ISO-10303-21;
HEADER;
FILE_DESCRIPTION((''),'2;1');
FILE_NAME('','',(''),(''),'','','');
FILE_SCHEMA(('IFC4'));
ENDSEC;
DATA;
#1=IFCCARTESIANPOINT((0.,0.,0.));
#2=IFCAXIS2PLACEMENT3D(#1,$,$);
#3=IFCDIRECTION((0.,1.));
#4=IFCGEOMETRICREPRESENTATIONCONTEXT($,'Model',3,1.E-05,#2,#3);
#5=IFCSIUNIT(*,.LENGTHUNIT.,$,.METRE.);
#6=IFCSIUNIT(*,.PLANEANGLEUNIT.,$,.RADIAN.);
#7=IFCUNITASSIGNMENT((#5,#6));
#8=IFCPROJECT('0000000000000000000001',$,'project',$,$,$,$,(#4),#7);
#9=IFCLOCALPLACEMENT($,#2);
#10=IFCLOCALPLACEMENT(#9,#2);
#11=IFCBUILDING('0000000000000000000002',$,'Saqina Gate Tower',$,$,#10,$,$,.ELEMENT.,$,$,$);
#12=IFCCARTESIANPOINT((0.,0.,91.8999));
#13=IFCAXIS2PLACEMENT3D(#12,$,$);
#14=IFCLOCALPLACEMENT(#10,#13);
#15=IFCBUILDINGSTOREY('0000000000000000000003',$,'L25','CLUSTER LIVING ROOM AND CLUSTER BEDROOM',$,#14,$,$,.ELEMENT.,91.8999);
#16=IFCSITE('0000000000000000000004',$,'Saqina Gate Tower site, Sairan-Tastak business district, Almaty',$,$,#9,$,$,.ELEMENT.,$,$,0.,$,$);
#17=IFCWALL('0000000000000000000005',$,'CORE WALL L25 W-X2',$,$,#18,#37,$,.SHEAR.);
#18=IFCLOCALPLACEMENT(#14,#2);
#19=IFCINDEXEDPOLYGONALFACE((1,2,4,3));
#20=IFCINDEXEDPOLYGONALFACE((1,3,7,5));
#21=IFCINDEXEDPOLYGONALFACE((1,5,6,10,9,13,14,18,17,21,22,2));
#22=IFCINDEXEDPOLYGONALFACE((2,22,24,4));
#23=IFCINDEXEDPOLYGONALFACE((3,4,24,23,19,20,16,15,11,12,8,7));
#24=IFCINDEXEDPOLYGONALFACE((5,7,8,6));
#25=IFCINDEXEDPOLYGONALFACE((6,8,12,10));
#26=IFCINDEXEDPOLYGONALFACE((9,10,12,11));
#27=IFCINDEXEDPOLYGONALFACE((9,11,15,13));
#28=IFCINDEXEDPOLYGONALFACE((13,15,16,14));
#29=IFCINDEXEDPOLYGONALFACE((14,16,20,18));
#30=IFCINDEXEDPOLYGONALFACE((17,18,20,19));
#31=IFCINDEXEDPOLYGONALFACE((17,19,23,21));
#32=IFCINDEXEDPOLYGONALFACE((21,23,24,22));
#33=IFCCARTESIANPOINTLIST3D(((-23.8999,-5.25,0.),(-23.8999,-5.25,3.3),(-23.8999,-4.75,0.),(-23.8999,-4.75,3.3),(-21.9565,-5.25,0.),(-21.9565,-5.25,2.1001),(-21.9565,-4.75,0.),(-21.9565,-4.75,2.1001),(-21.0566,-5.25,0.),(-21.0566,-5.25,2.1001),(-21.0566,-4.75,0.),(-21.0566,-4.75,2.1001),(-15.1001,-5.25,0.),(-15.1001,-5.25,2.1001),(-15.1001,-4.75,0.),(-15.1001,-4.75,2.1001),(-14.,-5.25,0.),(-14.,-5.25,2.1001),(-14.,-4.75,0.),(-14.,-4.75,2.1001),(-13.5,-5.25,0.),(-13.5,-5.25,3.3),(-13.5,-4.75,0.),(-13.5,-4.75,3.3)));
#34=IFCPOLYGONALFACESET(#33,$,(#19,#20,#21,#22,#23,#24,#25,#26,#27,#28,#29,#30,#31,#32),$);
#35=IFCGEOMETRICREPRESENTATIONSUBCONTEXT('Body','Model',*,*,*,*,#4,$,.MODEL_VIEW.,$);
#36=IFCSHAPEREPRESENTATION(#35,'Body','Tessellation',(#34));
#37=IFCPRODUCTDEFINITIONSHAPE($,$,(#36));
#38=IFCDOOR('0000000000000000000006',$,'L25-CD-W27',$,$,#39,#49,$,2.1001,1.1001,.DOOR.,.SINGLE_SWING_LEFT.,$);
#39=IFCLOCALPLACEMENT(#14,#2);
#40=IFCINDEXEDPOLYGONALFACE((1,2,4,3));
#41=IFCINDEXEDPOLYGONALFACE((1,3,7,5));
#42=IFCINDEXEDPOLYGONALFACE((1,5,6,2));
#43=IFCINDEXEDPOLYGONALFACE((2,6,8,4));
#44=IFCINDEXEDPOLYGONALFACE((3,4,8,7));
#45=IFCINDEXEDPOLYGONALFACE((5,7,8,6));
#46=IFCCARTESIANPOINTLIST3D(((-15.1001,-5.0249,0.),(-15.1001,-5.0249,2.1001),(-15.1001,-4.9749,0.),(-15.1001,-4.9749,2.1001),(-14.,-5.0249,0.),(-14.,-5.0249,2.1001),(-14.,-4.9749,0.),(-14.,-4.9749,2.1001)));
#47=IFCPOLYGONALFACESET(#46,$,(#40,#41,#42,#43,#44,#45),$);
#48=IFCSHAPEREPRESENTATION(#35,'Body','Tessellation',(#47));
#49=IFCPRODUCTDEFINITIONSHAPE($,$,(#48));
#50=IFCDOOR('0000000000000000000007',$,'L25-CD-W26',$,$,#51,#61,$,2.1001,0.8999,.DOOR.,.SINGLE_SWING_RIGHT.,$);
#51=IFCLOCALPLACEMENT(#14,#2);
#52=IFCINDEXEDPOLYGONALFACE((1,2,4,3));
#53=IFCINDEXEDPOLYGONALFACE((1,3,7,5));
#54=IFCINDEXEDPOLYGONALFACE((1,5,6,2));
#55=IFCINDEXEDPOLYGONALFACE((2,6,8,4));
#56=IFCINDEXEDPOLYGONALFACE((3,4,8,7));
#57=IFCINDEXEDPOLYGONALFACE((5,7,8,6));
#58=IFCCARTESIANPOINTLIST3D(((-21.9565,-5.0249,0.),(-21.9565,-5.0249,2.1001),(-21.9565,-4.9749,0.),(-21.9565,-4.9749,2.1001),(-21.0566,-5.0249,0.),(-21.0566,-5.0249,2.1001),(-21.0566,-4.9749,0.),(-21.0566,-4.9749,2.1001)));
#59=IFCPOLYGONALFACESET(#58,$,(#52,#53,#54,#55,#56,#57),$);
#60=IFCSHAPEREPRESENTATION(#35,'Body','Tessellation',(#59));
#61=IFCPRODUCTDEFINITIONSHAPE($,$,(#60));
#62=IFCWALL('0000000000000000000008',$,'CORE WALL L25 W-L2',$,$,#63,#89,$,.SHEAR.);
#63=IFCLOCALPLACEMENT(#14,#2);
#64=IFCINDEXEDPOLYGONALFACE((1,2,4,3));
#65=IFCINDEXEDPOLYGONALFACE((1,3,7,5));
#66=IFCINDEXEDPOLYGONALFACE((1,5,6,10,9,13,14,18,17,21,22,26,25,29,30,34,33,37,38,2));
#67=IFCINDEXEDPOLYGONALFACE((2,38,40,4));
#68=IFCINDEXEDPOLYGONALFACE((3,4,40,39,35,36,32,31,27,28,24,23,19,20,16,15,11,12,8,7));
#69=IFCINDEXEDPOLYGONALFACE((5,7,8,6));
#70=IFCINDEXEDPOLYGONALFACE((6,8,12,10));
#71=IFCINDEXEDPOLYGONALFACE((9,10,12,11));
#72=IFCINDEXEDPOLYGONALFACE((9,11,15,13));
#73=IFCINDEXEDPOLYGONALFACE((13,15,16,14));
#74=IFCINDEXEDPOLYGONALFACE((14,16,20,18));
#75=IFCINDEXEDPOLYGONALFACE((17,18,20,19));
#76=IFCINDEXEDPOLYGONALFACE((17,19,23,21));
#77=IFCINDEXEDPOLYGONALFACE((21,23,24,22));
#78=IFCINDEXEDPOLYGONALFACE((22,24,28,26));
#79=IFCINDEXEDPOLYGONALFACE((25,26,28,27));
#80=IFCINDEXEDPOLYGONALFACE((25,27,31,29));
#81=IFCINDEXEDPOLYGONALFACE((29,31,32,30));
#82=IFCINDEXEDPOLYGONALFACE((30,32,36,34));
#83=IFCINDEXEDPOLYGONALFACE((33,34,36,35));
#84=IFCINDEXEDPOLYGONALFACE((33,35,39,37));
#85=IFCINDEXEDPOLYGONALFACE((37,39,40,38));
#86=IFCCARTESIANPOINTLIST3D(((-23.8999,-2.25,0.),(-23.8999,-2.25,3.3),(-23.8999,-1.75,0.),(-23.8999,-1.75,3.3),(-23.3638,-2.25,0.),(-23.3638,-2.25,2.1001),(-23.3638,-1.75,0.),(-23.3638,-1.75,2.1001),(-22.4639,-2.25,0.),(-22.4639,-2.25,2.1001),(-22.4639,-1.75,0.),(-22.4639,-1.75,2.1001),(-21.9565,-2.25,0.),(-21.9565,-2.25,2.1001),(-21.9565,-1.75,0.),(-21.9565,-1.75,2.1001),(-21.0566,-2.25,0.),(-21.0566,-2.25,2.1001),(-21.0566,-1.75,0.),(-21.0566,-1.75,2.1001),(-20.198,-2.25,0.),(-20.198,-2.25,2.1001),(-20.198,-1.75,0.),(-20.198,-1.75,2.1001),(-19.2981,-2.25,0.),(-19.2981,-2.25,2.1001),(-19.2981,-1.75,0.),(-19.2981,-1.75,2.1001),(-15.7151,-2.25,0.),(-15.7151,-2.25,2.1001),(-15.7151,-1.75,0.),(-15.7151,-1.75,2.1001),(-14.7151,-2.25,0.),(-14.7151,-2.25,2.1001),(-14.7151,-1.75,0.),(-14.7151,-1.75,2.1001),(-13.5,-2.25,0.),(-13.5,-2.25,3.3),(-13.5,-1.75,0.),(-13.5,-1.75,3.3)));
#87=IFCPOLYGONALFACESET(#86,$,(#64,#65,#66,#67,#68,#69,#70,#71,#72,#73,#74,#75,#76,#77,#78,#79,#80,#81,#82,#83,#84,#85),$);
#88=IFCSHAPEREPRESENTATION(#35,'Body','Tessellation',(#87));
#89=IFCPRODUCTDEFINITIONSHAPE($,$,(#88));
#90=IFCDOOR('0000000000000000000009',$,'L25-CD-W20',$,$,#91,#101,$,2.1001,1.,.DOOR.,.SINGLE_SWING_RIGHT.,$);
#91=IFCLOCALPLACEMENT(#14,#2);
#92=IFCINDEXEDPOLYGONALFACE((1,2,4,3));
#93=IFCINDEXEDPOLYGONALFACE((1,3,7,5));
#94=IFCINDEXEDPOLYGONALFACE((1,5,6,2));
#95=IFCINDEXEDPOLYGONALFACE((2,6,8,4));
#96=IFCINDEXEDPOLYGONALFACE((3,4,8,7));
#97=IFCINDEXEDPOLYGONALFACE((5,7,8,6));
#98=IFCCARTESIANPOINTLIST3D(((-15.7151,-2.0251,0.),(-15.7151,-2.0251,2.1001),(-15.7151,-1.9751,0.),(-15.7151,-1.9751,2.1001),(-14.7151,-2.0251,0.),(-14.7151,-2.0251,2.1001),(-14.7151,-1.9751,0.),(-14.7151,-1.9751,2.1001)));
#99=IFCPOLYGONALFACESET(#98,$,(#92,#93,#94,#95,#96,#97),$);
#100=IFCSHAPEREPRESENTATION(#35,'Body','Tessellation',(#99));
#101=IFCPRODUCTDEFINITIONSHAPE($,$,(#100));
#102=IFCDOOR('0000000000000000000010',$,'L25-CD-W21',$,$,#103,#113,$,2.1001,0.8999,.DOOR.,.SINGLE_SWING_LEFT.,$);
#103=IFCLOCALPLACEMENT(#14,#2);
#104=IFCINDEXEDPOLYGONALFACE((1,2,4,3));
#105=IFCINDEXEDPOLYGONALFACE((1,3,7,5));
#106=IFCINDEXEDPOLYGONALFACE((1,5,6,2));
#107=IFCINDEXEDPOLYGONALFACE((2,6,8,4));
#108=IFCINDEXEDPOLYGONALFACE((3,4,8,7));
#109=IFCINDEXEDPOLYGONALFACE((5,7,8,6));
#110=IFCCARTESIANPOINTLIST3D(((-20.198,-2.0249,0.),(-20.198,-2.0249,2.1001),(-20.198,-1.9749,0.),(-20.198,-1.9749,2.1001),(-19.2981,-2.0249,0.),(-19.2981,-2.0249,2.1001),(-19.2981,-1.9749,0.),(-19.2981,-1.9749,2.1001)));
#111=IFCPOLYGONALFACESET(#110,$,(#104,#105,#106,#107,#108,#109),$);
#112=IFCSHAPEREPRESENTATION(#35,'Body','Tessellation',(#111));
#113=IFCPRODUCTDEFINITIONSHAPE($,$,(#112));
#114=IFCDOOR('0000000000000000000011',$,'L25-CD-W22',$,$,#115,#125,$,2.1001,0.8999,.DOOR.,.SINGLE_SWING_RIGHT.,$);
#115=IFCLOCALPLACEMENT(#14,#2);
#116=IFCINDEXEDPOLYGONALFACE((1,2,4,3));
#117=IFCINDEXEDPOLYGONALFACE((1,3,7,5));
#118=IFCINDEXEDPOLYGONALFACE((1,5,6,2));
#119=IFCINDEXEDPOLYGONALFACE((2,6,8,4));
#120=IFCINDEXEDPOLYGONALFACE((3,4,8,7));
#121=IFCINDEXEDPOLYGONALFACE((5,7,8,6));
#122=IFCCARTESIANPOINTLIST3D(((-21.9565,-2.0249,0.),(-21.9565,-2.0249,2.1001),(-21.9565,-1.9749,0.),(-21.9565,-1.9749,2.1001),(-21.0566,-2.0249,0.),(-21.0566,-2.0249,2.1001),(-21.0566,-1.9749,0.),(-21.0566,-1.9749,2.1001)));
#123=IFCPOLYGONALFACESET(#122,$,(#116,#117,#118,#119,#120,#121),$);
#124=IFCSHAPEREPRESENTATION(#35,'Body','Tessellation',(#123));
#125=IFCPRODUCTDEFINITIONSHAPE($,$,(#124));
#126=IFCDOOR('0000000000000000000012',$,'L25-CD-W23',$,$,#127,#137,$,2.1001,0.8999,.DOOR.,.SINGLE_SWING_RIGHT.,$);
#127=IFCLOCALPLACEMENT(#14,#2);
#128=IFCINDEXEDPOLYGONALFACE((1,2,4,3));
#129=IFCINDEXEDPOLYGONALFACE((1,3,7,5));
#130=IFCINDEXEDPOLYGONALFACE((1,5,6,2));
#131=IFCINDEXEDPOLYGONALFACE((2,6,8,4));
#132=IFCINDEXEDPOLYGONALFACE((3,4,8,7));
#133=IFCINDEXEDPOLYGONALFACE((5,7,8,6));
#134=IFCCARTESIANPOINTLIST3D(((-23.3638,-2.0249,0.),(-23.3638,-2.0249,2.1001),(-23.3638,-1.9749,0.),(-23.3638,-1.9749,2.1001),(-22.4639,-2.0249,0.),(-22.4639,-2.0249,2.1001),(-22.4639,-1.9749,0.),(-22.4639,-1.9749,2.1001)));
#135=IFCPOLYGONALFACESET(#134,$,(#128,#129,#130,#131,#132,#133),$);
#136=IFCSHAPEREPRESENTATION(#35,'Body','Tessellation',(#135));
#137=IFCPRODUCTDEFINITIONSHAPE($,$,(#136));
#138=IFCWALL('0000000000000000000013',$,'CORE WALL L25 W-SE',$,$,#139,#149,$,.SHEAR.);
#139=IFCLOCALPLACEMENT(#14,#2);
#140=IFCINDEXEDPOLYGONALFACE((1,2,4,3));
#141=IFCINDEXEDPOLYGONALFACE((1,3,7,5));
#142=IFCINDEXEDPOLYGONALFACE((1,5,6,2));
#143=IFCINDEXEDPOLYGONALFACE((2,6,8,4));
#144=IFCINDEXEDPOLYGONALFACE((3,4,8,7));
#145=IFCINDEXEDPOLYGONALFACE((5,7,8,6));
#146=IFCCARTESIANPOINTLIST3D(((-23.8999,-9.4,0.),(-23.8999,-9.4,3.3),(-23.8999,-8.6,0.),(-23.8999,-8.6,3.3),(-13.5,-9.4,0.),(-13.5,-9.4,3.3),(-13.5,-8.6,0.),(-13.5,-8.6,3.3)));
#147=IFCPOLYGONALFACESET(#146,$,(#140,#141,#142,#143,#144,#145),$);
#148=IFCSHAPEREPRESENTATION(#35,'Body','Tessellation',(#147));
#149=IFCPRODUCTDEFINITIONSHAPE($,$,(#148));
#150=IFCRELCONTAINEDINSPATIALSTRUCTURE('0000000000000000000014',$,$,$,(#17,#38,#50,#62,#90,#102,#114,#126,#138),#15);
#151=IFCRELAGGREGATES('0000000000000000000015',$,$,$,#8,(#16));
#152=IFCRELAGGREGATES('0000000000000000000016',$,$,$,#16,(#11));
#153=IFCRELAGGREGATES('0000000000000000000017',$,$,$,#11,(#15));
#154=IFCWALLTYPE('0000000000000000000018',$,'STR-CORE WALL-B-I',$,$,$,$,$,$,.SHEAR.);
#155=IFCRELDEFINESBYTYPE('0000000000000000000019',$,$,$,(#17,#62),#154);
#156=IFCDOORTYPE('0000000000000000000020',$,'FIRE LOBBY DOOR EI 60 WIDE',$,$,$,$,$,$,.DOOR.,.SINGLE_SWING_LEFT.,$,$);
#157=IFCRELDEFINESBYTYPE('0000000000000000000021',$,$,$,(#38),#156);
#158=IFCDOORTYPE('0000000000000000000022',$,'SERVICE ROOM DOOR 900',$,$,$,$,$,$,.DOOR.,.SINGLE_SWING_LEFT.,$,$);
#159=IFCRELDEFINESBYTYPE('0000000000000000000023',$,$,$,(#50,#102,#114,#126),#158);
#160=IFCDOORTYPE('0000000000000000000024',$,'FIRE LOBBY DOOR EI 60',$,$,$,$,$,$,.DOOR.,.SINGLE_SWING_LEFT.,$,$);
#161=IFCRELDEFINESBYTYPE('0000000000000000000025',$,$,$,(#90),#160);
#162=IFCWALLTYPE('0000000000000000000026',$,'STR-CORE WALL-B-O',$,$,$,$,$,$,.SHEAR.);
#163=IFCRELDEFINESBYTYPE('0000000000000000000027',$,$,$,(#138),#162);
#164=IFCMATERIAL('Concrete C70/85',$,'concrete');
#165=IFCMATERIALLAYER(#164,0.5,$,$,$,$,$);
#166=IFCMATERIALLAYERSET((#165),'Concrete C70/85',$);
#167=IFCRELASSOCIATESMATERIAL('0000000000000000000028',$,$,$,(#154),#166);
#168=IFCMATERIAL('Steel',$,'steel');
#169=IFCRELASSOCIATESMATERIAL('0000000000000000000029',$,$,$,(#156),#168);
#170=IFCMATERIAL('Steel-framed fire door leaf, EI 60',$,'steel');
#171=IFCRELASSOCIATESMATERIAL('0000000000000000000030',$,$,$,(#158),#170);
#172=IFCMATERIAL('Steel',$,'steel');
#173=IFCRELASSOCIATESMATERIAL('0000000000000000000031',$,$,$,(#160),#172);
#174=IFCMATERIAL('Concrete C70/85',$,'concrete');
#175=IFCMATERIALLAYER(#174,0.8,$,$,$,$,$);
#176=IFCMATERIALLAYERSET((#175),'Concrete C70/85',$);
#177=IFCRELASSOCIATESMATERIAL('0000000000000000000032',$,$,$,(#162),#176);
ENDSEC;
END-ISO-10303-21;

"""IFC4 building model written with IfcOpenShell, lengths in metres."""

from ifc_helpers import new_model, si_unit, direction, frame, frame_2d, origin, place, context, subcontext, project, spatial, rectangle, extrude, material, layer, layer_set, type_object, element, fill, save


model = new_model("IFC4")

# Units and contexts
model_context = context("Model", 3, precision=1e-05, world=origin(), true_north=direction((0.0, 1.0)))
body_context = subcontext(model_context, "Body", "Model", "MODEL_VIEW")
ifc_project = project(units=[si_unit("LENGTHUNIT", "METRE"), si_unit("PLANEANGLEUNIT", "RADIAN")], contexts=[model_context])

# Site, building, storey
site_placement = place(None, origin())
site = spatial("IfcSite", under=ifc_project, at=site_placement, Name="Saqina Gate Tower site, Sairan-Tastak business district, Almaty", CompositionType="ELEMENT", RefElevation=0.0)
building_placement = place(site_placement, origin())
building = spatial("IfcBuilding", under=site, at=building_placement, Name="Saqina Gate Tower", CompositionType="ELEMENT")
storey_placement = place(building_placement, frame((0.0, 0.0, 91.8999)))
storey = spatial("IfcBuildingStorey", under=building, at=storey_placement, Name="L25", Description="CLUSTER LIVING ROOM AND CLUSTER BEDROOM", CompositionType="ELEMENT", Elevation=91.8999)

# Walls, openings, doors
ifc_material_1 = material(Name="Concrete C70/85", Category="concrete")
ifc_layer_1 = layer(ifc_material_1, 0.5)
ifc_layer_set_1 = layer_set([ifc_layer_1], Name="Concrete C70/85")
wall_type_1 = type_object("IfcWallType", Name="STR-CORE WALL-B-I", PredefinedType="SHEAR", material=ifc_layer_set_1)
wall_1_placement = place(storey_placement, frame((-13.5, -5.0, 0.0), z_axis=(0.0, 0.0, 1.0), x_axis=(-1.0, 0.0, 0.0)))
wall_1 = element("IfcWall", 1, at=wall_1_placement, inside=storey, type_object=wall_type_1, Name="CORE WALL L25 W-X2", PredefinedType="SHEAR", context=body_context, shape_type="SweptSolid", body=[
    extrude(rectangle(XDim=10.3999, YDim=0.5, at=frame_2d((5.2, 0.0))), origin(), (0.0, 0.0, 1.0), 3.3),
])
opening_1_placement = place(wall_1_placement, frame((7.5566, 0.0, 0.0)))
opening_1 = element("IfcOpeningElement", 2, at=opening_1_placement, cuts=wall_1, PredefinedType="OPENING", context=body_context, shape_type="SweptSolid", body=[
    extrude(rectangle(XDim=0.8999, YDim=2.1001, at=frame_2d((0.45, 1.05))), frame((0.0, 0.262, 0.0), z_axis=(0.0, -1.0, 0.0), x_axis=(1.0, 0.0, 0.0)), (0.0, 0.0, 1.0), 0.5239),
])
opening_2_placement = place(wall_1_placement, frame((0.5, 0.0, 0.0)))
opening_2 = element("IfcOpeningElement", 3, at=opening_2_placement, cuts=wall_1, PredefinedType="OPENING", context=body_context, shape_type="SweptSolid", body=[
    extrude(rectangle(XDim=1.1001, YDim=2.1001, at=frame_2d((0.55, 1.05))), frame((0.0, 0.262, 0.0), z_axis=(0.0, -1.0, 0.0), x_axis=(1.0, 0.0, 0.0)), (0.0, 0.0, 1.0), 0.5239),
])
ifc_material_2 = material(Name="Steel", Category="steel")
door_type_1 = type_object("IfcDoorType", Name="FIRE LOBBY DOOR EI 60 WIDE", OperationType="SINGLE_SWING_LEFT", PredefinedType="DOOR", material=ifc_material_2)
door_1_placement = place(opening_2_placement, origin())
door_1 = element("IfcDoor", 4, at=door_1_placement, inside=storey, type_object=door_type_1, Name="L25-CD-W27", OperationType="SINGLE_SWING_LEFT", OverallHeight=2.1001, OverallWidth=1.1001, PredefinedType="DOOR", context=body_context, shape_type="SweptSolid", body=[
    extrude(rectangle(XDim=1.1001, YDim=2.1001, at=frame_2d((0.55, 1.05))), frame((0.0, 0.0249, 0.0), z_axis=(0.0, -1.0, 0.0), x_axis=(1.0, 0.0, 0.0)), (0.0, 0.0, 1.0), 0.05),
])
fill(opening_2, door_1)
ifc_material_3 = material(Name="Steel-framed fire door leaf, EI 60", Category="steel")
door_type_2 = type_object("IfcDoorType", Name="SERVICE ROOM DOOR 900", OperationType="SINGLE_SWING_LEFT", PredefinedType="DOOR", material=ifc_material_3)
door_2_placement = place(opening_1_placement, origin())
door_2 = element("IfcDoor", 5, at=door_2_placement, inside=storey, type_object=door_type_2, Name="L25-CD-W26", OperationType="SINGLE_SWING_RIGHT", OverallHeight=2.1001, OverallWidth=0.8999, PredefinedType="DOOR", context=body_context, shape_type="SweptSolid", body=[
    extrude(rectangle(XDim=0.8999, YDim=2.1001, at=frame_2d((0.45, 1.05))), frame((0.0, 0.0249, 0.0), z_axis=(0.0, -1.0, 0.0), x_axis=(1.0, 0.0, 0.0)), (0.0, 0.0, 1.0), 0.05),
])
fill(opening_1, door_2)
wall_2_placement = place(storey_placement, frame((-13.5, -2.0, 0.0), z_axis=(0.0, 0.0, 1.0), x_axis=(-1.0, 0.0, 0.0)))
wall_2 = element("IfcWall", 6, at=wall_2_placement, inside=storey, type_object=wall_type_1, Name="CORE WALL L25 W-L2", PredefinedType="SHEAR", context=body_context, shape_type="SweptSolid", body=[
    extrude(rectangle(XDim=10.3999, YDim=0.5, at=frame_2d((5.2, 0.0))), origin(), (0.0, 0.0, 1.0), 3.3),
])
opening_3_placement = place(wall_2_placement, frame((1.2151, 0.0, 0.0)))
opening_3 = element("IfcOpeningElement", 7, at=opening_3_placement, cuts=wall_2, PredefinedType="OPENING", context=body_context, shape_type="SweptSolid", body=[
    extrude(rectangle(XDim=1.0, YDim=2.1001, at=frame_2d((0.5, 1.05))), frame((0.0, 0.262, 0.0), z_axis=(0.0, -1.0, 0.0), x_axis=(1.0, 0.0, 0.0)), (0.0, 0.0, 1.0), 0.5239),
])
opening_4_placement = place(wall_2_placement, frame((5.7981, 0.0, 0.0)))
opening_4 = element("IfcOpeningElement", 8, at=opening_4_placement, cuts=wall_2, PredefinedType="OPENING", context=body_context, shape_type="SweptSolid", body=[
    extrude(rectangle(XDim=0.8999, YDim=2.1001, at=frame_2d((0.45, 1.05))), frame((0.0, 0.262, 0.0), z_axis=(0.0, -1.0, 0.0), x_axis=(1.0, 0.0, 0.0)), (0.0, 0.0, 1.0), 0.5239),
])
opening_5_placement = place(wall_2_placement, frame((7.5566, 0.0, 0.0)))
opening_5 = element("IfcOpeningElement", 9, at=opening_5_placement, cuts=wall_2, PredefinedType="OPENING", context=body_context, shape_type="SweptSolid", body=[
    extrude(rectangle(XDim=0.8999, YDim=2.1001, at=frame_2d((0.45, 1.05))), frame((0.0, 0.262, 0.0), z_axis=(0.0, -1.0, 0.0), x_axis=(1.0, 0.0, 0.0)), (0.0, 0.0, 1.0), 0.5239),
])
opening_6_placement = place(wall_2_placement, frame((8.9639, 0.0, 0.0)))
opening_6 = element("IfcOpeningElement", 10, at=opening_6_placement, cuts=wall_2, PredefinedType="OPENING", context=body_context, shape_type="SweptSolid", body=[
    extrude(rectangle(XDim=0.8999, YDim=2.1001, at=frame_2d((0.45, 1.05))), frame((0.0, 0.262, 0.0), z_axis=(0.0, -1.0, 0.0), x_axis=(1.0, 0.0, 0.0)), (0.0, 0.0, 1.0), 0.5239),
])
ifc_material_4 = material(Name="Steel", Category="steel")
door_type_3 = type_object("IfcDoorType", Name="FIRE LOBBY DOOR EI 60", OperationType="SINGLE_SWING_LEFT", PredefinedType="DOOR", material=ifc_material_4)
door_3_placement = place(opening_3_placement, frame((1.0, 0.0, 0.0), z_axis=(0.0, 0.0, 1.0), x_axis=(-1.0, 0.0, 0.0)))
door_3 = element("IfcDoor", 11, at=door_3_placement, inside=storey, type_object=door_type_3, Name="L25-CD-W20", OperationType="SINGLE_SWING_RIGHT", OverallHeight=2.1001, OverallWidth=1.0, PredefinedType="DOOR", context=body_context, shape_type="SweptSolid", body=[
    extrude(rectangle(XDim=1.0, YDim=2.1001, at=frame_2d((0.5, 1.05))), frame((0.0, 0.0249, 0.0), z_axis=(0.0, -1.0, 0.0), x_axis=(1.0, 0.0, 0.0)), (0.0, 0.0, 1.0), 0.05),
])
fill(opening_3, door_3)
door_4_placement = place(opening_4_placement, origin())
door_4 = element("IfcDoor", 12, at=door_4_placement, inside=storey, type_object=door_type_2, Name="L25-CD-W21", OperationType="SINGLE_SWING_LEFT", OverallHeight=2.1001, OverallWidth=0.8999, PredefinedType="DOOR", context=body_context, shape_type="SweptSolid", body=[
    extrude(rectangle(XDim=0.8999, YDim=2.1001, at=frame_2d((0.45, 1.05))), frame((0.0, 0.0249, 0.0), z_axis=(0.0, -1.0, 0.0), x_axis=(1.0, 0.0, 0.0)), (0.0, 0.0, 1.0), 0.05),
])
fill(opening_4, door_4)
door_5_placement = place(opening_5_placement, origin())
door_5 = element("IfcDoor", 13, at=door_5_placement, inside=storey, type_object=door_type_2, Name="L25-CD-W22", OperationType="SINGLE_SWING_RIGHT", OverallHeight=2.1001, OverallWidth=0.8999, PredefinedType="DOOR", context=body_context, shape_type="SweptSolid", body=[
    extrude(rectangle(XDim=0.8999, YDim=2.1001, at=frame_2d((0.45, 1.05))), frame((0.0, 0.0249, 0.0), z_axis=(0.0, -1.0, 0.0), x_axis=(1.0, 0.0, 0.0)), (0.0, 0.0, 1.0), 0.05),
])
fill(opening_5, door_5)
door_6_placement = place(opening_6_placement, origin())
door_6 = element("IfcDoor", 14, at=door_6_placement, inside=storey, type_object=door_type_2, Name="L25-CD-W23", OperationType="SINGLE_SWING_RIGHT", OverallHeight=2.1001, OverallWidth=0.8999, PredefinedType="DOOR", context=body_context, shape_type="SweptSolid", body=[
    extrude(rectangle(XDim=0.8999, YDim=2.1001, at=frame_2d((0.45, 1.05))), frame((0.0, 0.0249, 0.0), z_axis=(0.0, -1.0, 0.0), x_axis=(1.0, 0.0, 0.0)), (0.0, 0.0, 1.0), 0.05),
])
fill(opening_6, door_6)

# Wall
ifc_material_5 = material(Name="Concrete C70/85", Category="concrete")
ifc_layer_2 = layer(ifc_material_5, 0.8)
ifc_layer_set_2 = layer_set([ifc_layer_2], Name="Concrete C70/85")
wall_type_2 = type_object("IfcWallType", Name="STR-CORE WALL-B-O", PredefinedType="SHEAR", material=ifc_layer_set_2)
wall_3_placement = place(storey_placement, frame((-13.5, -9.0, 0.0), z_axis=(0.0, 0.0, 1.0), x_axis=(-1.0, 0.0, 0.0)))
element("IfcWall", 15, at=wall_3_placement, inside=storey, type_object=wall_type_2, Name="CORE WALL L25 W-SE", PredefinedType="SHEAR", context=body_context, shape_type="SweptSolid", body=[
    extrude(rectangle(XDim=10.3999, YDim=0.8, at=frame_2d((5.2, 0.0))), origin(), (0.0, 0.0, 1.0), 3.3),
])

save(model, "model.ifc")
